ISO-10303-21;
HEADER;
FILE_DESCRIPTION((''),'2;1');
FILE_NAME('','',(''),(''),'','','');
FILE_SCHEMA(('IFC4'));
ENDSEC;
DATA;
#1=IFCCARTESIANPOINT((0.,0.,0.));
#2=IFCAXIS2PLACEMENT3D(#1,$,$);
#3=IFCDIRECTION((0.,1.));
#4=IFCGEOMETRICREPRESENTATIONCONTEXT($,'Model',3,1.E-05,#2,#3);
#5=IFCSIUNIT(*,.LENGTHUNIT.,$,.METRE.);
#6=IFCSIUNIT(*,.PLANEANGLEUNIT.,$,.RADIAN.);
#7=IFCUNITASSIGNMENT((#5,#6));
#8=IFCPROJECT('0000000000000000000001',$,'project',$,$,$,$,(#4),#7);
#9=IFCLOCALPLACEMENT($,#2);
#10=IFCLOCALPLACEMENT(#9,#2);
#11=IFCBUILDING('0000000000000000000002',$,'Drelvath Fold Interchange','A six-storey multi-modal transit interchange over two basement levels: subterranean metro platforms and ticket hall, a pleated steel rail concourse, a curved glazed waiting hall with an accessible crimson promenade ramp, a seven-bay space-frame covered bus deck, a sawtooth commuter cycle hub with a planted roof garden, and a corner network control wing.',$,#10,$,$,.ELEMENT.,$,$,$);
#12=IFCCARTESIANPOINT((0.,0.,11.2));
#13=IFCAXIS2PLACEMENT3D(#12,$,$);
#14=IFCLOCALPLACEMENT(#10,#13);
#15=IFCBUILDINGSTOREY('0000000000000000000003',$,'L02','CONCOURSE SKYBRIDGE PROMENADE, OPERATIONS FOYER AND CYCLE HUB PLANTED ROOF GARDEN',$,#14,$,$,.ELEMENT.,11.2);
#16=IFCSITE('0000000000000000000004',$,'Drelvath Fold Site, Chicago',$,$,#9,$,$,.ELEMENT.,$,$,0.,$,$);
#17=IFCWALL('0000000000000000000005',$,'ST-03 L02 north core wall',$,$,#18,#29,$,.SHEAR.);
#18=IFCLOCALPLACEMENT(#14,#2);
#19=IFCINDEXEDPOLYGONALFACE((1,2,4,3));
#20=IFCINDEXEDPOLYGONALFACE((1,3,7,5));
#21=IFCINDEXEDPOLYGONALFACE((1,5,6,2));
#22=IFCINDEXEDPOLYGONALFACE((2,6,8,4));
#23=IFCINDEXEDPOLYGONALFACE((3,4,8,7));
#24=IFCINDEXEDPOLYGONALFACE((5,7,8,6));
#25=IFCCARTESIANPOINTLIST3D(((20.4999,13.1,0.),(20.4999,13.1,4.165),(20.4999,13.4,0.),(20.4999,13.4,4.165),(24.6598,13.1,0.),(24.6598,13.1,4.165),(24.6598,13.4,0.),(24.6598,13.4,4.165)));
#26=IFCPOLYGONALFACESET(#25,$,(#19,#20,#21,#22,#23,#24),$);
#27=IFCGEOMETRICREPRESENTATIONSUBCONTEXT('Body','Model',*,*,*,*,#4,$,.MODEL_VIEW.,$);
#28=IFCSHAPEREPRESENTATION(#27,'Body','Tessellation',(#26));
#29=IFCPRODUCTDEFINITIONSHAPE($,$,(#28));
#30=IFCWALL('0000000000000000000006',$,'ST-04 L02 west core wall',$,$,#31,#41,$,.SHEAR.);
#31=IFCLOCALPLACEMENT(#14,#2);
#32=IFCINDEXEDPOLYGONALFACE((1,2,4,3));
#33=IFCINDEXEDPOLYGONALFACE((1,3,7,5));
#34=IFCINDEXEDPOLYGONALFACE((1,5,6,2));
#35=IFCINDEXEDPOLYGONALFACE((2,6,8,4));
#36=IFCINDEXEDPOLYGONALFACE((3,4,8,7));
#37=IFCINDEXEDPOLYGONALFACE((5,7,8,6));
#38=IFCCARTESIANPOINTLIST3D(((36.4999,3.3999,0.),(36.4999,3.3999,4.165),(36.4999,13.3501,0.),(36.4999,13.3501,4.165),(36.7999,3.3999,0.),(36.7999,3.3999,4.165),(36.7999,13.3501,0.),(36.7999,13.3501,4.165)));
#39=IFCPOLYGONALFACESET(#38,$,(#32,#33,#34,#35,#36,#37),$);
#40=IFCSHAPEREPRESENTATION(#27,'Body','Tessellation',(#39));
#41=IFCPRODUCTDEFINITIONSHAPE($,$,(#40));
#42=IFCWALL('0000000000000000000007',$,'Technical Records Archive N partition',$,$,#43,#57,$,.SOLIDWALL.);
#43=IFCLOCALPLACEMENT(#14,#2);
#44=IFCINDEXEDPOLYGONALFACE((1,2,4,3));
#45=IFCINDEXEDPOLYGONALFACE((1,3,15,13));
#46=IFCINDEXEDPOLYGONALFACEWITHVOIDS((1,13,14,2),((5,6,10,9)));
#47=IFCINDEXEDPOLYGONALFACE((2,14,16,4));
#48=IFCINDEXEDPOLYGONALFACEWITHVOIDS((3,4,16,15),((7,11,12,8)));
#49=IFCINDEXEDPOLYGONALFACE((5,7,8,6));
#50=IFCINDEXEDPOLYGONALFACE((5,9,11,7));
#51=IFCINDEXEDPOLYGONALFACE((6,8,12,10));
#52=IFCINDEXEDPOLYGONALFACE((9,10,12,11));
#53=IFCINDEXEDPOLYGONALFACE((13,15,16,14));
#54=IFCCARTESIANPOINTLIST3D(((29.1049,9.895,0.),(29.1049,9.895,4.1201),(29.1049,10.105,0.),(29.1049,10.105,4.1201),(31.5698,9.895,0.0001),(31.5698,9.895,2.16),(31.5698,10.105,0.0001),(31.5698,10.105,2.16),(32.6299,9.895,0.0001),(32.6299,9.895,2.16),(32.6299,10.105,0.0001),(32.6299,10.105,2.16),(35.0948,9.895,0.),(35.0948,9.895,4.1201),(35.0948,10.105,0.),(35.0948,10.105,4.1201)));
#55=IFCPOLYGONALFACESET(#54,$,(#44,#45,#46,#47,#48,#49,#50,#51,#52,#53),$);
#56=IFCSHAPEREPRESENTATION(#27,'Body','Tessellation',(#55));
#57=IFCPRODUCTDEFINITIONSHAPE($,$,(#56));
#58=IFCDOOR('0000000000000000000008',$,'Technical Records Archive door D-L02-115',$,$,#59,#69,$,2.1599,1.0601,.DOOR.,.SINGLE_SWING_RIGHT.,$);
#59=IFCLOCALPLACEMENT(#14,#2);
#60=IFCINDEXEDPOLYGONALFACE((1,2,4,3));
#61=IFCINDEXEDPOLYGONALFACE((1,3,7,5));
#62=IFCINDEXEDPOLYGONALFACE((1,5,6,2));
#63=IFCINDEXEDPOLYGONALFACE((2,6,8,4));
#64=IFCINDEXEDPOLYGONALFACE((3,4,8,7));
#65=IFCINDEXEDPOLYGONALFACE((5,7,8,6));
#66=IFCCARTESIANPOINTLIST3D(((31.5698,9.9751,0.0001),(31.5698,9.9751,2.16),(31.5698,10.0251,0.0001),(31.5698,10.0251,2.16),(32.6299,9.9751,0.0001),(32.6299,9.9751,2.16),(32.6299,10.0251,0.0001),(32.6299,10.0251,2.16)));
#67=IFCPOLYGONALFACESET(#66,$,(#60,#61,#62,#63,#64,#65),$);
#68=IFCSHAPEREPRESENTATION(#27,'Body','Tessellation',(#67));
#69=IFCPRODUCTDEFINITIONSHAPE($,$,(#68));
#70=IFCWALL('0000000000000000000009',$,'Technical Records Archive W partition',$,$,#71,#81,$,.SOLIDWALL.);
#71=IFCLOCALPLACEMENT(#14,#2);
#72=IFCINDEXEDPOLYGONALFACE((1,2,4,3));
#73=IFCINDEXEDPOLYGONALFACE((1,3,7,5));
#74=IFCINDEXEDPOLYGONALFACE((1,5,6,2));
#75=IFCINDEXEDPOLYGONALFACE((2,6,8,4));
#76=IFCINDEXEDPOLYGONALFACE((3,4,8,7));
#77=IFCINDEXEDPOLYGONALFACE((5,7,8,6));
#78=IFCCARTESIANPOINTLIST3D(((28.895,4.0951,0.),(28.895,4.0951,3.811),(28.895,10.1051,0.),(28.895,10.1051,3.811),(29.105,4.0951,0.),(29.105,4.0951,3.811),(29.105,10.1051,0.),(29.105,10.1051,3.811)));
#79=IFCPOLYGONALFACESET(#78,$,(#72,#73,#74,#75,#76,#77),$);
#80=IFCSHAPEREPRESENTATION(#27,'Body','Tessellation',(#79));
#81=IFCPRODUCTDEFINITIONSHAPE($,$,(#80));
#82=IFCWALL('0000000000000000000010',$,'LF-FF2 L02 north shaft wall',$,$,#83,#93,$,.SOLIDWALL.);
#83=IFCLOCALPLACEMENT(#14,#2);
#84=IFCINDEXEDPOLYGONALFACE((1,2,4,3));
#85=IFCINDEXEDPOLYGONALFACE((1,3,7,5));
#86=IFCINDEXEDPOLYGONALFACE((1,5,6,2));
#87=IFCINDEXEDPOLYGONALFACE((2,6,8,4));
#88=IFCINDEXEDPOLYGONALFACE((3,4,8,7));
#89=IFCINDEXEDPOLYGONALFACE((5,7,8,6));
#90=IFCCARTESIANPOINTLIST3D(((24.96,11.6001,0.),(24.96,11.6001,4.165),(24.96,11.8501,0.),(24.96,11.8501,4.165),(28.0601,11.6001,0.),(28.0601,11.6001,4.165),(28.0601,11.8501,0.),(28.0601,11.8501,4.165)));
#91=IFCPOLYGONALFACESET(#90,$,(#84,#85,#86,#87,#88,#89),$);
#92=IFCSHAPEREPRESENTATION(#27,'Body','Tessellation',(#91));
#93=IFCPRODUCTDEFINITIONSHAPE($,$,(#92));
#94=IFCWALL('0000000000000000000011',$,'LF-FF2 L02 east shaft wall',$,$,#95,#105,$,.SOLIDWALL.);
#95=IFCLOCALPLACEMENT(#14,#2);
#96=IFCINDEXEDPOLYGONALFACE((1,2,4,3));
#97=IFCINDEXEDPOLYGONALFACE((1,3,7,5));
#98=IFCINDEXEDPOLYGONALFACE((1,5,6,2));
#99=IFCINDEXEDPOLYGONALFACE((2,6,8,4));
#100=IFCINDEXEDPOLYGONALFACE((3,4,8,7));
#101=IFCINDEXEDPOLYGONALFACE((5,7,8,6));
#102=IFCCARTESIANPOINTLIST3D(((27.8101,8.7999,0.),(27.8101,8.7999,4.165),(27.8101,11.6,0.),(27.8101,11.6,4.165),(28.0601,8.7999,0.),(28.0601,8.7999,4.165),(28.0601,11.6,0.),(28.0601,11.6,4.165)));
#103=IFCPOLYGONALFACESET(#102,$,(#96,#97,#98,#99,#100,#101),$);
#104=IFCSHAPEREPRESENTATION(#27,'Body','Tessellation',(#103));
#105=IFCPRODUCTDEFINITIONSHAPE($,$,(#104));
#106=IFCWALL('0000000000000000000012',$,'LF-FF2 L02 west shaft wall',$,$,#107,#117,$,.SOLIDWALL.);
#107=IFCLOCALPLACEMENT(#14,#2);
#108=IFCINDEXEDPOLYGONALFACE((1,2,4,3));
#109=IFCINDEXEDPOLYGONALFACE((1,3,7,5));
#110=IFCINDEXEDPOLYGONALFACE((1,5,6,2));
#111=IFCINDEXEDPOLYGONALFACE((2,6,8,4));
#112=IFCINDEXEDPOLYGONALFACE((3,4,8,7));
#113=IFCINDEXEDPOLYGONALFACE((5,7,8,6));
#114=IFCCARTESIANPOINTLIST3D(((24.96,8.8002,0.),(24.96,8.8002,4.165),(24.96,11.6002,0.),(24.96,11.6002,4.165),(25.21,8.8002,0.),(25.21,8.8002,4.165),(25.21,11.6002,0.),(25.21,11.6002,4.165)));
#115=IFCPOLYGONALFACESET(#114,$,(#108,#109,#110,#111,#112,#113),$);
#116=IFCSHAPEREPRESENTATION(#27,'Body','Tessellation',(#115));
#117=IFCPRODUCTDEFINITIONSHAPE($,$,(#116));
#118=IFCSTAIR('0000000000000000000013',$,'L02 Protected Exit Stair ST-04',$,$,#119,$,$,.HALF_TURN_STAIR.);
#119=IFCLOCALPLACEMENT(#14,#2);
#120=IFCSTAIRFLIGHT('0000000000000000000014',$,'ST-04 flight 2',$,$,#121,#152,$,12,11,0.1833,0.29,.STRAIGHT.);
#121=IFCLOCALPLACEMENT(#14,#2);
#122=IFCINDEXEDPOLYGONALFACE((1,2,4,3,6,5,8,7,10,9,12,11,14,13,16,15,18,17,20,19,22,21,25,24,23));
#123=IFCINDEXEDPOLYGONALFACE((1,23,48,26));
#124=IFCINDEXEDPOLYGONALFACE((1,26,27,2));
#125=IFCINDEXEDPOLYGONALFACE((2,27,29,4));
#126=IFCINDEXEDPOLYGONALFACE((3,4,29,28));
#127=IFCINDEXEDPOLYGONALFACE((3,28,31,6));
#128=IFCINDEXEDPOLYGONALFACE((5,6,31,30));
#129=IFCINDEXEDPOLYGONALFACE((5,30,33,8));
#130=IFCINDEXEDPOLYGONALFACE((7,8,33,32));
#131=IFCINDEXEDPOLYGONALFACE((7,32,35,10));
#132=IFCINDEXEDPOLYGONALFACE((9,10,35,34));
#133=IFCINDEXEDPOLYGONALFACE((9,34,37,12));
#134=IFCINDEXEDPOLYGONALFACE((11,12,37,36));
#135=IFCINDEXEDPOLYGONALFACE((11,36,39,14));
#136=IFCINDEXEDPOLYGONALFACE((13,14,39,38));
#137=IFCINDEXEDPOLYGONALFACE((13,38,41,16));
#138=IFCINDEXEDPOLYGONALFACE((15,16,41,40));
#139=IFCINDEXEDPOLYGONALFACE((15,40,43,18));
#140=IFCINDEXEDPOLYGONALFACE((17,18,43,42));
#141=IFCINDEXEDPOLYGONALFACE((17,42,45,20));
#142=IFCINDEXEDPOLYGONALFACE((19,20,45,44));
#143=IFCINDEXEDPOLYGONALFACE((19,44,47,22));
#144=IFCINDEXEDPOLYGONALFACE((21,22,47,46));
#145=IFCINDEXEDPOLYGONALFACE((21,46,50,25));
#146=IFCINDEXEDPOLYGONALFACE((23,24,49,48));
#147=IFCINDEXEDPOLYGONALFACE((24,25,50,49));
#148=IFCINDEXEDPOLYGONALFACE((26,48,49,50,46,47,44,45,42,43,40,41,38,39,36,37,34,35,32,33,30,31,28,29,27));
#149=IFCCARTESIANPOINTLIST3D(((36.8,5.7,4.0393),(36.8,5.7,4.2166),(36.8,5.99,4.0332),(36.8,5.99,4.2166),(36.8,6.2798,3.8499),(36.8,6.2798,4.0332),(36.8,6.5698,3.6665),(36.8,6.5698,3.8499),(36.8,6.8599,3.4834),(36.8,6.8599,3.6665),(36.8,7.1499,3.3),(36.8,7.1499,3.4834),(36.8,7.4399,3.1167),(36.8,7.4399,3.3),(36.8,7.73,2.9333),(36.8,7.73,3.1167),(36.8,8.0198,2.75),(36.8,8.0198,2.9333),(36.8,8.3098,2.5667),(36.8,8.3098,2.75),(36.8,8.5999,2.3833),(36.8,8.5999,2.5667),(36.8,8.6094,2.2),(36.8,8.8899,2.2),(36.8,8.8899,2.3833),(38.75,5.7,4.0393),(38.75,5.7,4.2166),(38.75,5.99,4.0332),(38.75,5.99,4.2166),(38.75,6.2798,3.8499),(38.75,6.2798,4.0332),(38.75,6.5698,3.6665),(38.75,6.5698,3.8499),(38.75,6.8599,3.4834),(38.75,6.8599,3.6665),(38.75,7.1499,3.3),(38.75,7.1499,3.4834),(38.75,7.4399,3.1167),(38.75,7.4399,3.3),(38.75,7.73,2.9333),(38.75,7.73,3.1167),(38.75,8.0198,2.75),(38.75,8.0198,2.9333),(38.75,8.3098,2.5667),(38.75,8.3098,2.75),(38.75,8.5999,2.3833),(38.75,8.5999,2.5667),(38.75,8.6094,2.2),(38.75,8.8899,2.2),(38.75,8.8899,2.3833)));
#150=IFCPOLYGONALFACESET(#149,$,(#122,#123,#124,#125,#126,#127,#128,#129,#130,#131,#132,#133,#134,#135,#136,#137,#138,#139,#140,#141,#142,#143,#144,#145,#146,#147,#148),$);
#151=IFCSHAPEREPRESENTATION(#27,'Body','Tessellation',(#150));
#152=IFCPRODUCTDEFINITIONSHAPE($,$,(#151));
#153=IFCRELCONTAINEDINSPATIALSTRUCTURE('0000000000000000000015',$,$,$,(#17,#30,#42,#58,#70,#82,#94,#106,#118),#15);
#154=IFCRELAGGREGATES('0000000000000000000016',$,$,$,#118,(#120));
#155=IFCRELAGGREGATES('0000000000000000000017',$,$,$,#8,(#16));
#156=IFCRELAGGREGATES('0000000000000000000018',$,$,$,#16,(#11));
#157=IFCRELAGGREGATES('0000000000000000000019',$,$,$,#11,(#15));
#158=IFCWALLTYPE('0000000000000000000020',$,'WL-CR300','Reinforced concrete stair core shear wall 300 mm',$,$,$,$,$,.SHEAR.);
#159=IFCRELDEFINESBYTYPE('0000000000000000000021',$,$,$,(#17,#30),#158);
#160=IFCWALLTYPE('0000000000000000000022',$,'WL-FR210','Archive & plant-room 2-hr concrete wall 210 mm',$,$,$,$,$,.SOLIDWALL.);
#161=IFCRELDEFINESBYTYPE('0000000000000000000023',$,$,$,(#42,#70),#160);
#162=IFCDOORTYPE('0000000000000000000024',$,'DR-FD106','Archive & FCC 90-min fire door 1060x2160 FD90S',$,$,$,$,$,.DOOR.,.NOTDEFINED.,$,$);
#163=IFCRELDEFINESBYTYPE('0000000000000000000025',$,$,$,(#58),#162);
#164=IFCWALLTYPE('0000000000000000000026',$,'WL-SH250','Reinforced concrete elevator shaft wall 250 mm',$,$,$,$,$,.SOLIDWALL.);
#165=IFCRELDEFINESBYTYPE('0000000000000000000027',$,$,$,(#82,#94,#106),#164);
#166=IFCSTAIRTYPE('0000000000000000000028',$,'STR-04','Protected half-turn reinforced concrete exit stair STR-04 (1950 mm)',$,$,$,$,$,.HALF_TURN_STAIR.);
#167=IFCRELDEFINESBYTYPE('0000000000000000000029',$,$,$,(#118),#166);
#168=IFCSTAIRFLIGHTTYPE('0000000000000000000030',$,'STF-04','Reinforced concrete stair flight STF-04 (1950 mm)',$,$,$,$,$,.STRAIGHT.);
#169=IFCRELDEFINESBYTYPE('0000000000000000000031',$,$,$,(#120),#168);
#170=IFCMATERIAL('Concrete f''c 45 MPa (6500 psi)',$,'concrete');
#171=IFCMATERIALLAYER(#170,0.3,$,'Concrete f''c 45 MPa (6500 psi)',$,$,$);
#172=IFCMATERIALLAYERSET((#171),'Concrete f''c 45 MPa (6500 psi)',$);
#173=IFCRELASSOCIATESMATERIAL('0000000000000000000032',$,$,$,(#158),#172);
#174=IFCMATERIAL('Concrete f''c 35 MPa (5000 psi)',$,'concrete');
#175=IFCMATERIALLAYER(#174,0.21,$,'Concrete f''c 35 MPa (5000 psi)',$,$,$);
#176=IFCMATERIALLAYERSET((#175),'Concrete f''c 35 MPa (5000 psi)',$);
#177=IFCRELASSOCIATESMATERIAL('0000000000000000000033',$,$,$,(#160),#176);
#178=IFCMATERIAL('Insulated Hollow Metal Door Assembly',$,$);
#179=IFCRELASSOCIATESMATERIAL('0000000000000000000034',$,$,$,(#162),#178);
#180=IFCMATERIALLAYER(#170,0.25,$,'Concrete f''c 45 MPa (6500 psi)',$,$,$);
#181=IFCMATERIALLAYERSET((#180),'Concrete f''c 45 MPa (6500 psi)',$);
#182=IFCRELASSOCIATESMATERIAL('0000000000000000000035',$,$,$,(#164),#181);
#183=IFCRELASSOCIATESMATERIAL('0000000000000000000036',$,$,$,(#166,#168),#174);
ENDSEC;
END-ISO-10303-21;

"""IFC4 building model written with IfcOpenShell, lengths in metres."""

from ifc_helpers import new_model, si_unit, direction, frame, frame_2d, origin, place, context, subcontext, project, spatial, polyline, rectangle, outline, extrude, material, layer, layer_set, type_object, element, fill, aggregate, save


model = new_model("IFC4")

# Units and contexts
model_context = context("Model", 3, precision=1e-05, world=origin(), true_north=direction((0.0, 1.0)))
body_context = subcontext(model_context, "Body", "Model", "MODEL_VIEW")
ifc_project = project(units=[si_unit("LENGTHUNIT", "METRE"), si_unit("PLANEANGLEUNIT", "RADIAN")], contexts=[model_context])

# Site, building, storey
site_placement = place(None, origin())
site = spatial("IfcSite", under=ifc_project, at=site_placement, Name="Drelvath Fold Site, Chicago", CompositionType="ELEMENT", RefElevation=0.0)
building_placement = place(site_placement, origin())
building = spatial("IfcBuilding", under=site, at=building_placement, Name="Drelvath Fold Interchange", Description="A six-storey multi-modal transit interchange over two basement levels: subterranean metro platforms and ticket hall, a pleated steel rail concourse, a curved glazed waiting hall with an accessible crimson promenade ramp, a seven-bay space-frame covered bus deck, a sawtooth commuter cycle hub with a planted roof garden, and a corner network control wing.", CompositionType="ELEMENT")
storey_placement = place(building_placement, frame((0.0, 0.0, 11.2)))
storey = spatial("IfcBuildingStorey", under=building, at=storey_placement, Name="L02", Description="CONCOURSE SKYBRIDGE PROMENADE, OPERATIONS FOYER AND CYCLE HUB PLANTED ROOF GARDEN", CompositionType="ELEMENT", Elevation=11.2)

# Walls
ifc_material_1 = material(Name="Concrete f'c 45 MPa (6500 psi)", Category="concrete")
ifc_layer_1 = layer(ifc_material_1, 0.3, Name="Concrete f'c 45 MPa (6500 psi)")
ifc_layer_set_1 = layer_set([ifc_layer_1], Name="Concrete f'c 45 MPa (6500 psi)")
wall_type_1 = type_object("IfcWallType", Name="WL-CR300", Description="Reinforced concrete stair core shear wall 300 mm", PredefinedType="SHEAR", material=ifc_layer_set_1)
wall_1_placement = place(storey_placement, frame((24.6599, 13.25, 0.0), z_axis=(0.0, 0.0, 1.0), x_axis=(-1.0, 0.0, 0.0)))
element("IfcWall", 1, at=wall_1_placement, inside=storey, type_object=wall_type_1, Name="ST-03 L02 north core wall", PredefinedType="SHEAR", context=body_context, shape_type="SweptSolid", body=[
    extrude(rectangle(XDim=4.1599, YDim=0.3, at=frame_2d((2.0801, 0.0))), origin(), (0.0, 0.0, 1.0), 4.165),
])
wall_2_placement = place(storey_placement, frame((36.6499, 13.3501, 0.0), z_axis=(0.0, 0.0, 1.0), x_axis=(0.0, -1.0, 0.0)))
element("IfcWall", 2, at=wall_2_placement, inside=storey, type_object=wall_type_1, Name="ST-04 L02 west core wall", PredefinedType="SHEAR", context=body_context, shape_type="SweptSolid", body=[
    extrude(rectangle(XDim=9.9502, YDim=0.3, at=frame_2d((4.9751, 0.0))), origin(), (0.0, 0.0, 1.0), 4.165),
])

# Wall, opening, door
ifc_material_2 = material(Name="Concrete f'c 35 MPa (5000 psi)", Category="concrete")
ifc_layer_2 = layer(ifc_material_2, 0.21, Name="Concrete f'c 35 MPa (5000 psi)")
ifc_layer_set_2 = layer_set([ifc_layer_2], Name="Concrete f'c 35 MPa (5000 psi)")
wall_type_2 = type_object("IfcWallType", Name="WL-FR210", Description="Archive & plant-room 2-hr concrete wall 210 mm", PredefinedType="SOLIDWALL", material=ifc_layer_set_2)
wall_3_placement = place(storey_placement, frame((35.095, 10.0, 0.0), z_axis=(0.0, 0.0, 1.0), x_axis=(-1.0, 0.0, 0.0)))
wall_3 = element("IfcWall", 3, at=wall_3_placement, inside=storey, type_object=wall_type_2, Name="Technical Records Archive N partition", PredefinedType="SOLIDWALL", context=body_context, shape_type="SweptSolid", body=[
    extrude(rectangle(XDim=5.99, YDim=0.21, at=frame_2d((2.9951, 0.0))), origin(), (0.0, 0.0, 1.0), 4.1201),
])
opening_placement = place(wall_3_placement, frame((2.4651, 0.0, 0.0)))
opening = element("IfcOpeningElement", 4, at=opening_placement, cuts=wall_3, PredefinedType="OPENING", context=body_context, shape_type="SweptSolid", body=[
    extrude(rectangle(XDim=1.0601, YDim=2.1599, at=frame_2d((0.53, 1.0801))), frame((0.0, 0.115, 0.0), z_axis=(0.0, -1.0, 0.0), x_axis=(1.0, 0.0, 0.0)), (0.0, 0.0, 1.0), 0.23),
])
ifc_material_3 = material(Name="Insulated Hollow Metal Door Assembly")
door_type = type_object("IfcDoorType", Name="DR-FD106", Description="Archive & FCC 90-min fire door 1060x2160 FD90S", OperationType="NOTDEFINED", PredefinedType="DOOR", material=ifc_material_3)
door_placement = place(opening_placement, origin())
door = element("IfcDoor", 5, at=door_placement, inside=storey, type_object=door_type, Name="Technical Records Archive door D-L02-115", OperationType="SINGLE_SWING_RIGHT", OverallHeight=2.1599, OverallWidth=1.0601, PredefinedType="DOOR", context=body_context, shape_type="SweptSolid", body=[
    extrude(rectangle(XDim=1.0601, YDim=2.1599, at=frame_2d((0.53, 1.0801))), frame((0.0, 0.0249, 0.0), z_axis=(0.0, -1.0, 0.0), x_axis=(1.0, 0.0, 0.0)), (0.0, 0.0, 1.0), 0.05),
])
fill(opening, door)

# Walls
wall_4_placement = place(storey_placement, frame((29.0, 10.105, 0.0), z_axis=(0.0, 0.0, 1.0), x_axis=(0.0, -1.0, 0.0)))
element("IfcWall", 6, at=wall_4_placement, inside=storey, type_object=wall_type_2, Name="Technical Records Archive W partition", PredefinedType="SOLIDWALL", context=body_context, shape_type="SweptSolid", body=[
    extrude(rectangle(XDim=6.01, YDim=0.21, at=frame_2d((3.0049, 0.0))), origin(), (0.0, 0.0, 1.0), 3.811),
])
ifc_layer_3 = layer(ifc_material_1, 0.25, Name="Concrete f'c 45 MPa (6500 psi)")
ifc_layer_set_3 = layer_set([ifc_layer_3], Name="Concrete f'c 45 MPa (6500 psi)")
wall_type_3 = type_object("IfcWallType", Name="WL-SH250", Description="Reinforced concrete elevator shaft wall 250 mm", PredefinedType="SOLIDWALL", material=ifc_layer_set_3)
wall_5_placement = place(storey_placement, frame((28.0601, 11.7251, 0.0), z_axis=(0.0, 0.0, 1.0), x_axis=(-1.0, 0.0, 0.0)))
element("IfcWall", 7, at=wall_5_placement, inside=storey, type_object=wall_type_3, Name="LF-FF2 L02 north shaft wall", PredefinedType="SOLIDWALL", context=body_context, shape_type="SweptSolid", body=[
    extrude(rectangle(XDim=3.1001, YDim=0.25, at=frame_2d((1.55, 0.0))), origin(), (0.0, 0.0, 1.0), 4.165),
])
for number, where, z_axis, x_axis, name in (
    (8, (27.9351, 8.8, 0.0), (0.0, 0.0, 1.0), (0.0, 1.0, 0.0), "LF-FF2 L02 east shaft wall"),
    (9, (25.085, 11.6001, 0.0), (0.0, 0.0, 1.0), (0.0, -1.0, 0.0), "LF-FF2 L02 west shaft wall"),
):
    element("IfcWall", number, at=place(storey_placement, frame(where, z_axis=z_axis, x_axis=x_axis)), inside=storey, type_object=wall_type_3, Name=name, PredefinedType="SOLIDWALL", context=body_context, shape_type="SweptSolid", body=[
        extrude(rectangle(XDim=2.8, YDim=0.25, at=frame_2d((1.3999, 0.0))), origin(), (0.0, 0.0, 1.0), 4.165),
    ])

# Stair, stair flight
stair_type = type_object("IfcStairType", Name="STR-04", Description="Protected half-turn reinforced concrete exit stair STR-04 (1950 mm)", PredefinedType="HALF_TURN_STAIR", material=ifc_material_2)
stair_placement = place(storey_placement, origin())
stair = element("IfcStair", 10, at=stair_placement, inside=storey, type_object=stair_type, Name="L02 Protected Exit Stair ST-04", PredefinedType="HALF_TURN_STAIR")
stair_flight_type = type_object("IfcStairFlightType", Name="STF-04", Description="Reinforced concrete stair flight STF-04 (1950 mm)", PredefinedType="STRAIGHT", material=ifc_material_2)
stair_flight_placement = place(storey_placement, frame((37.7749, 8.8899, 2.2), z_axis=(0.0, 0.0, 1.0), x_axis=(0.0, -1.0, 0.0)))
stair_flight = element("IfcStairFlight", 11, at=stair_flight_placement, type_object=stair_flight_type, Name="ST-04 flight 2", NumberOfRisers=12, NumberOfTreads=11, PredefinedType="STRAIGHT", RiserHeight=0.1833, TreadLength=0.29, context=body_context, shape_type="SweptSolid", body=[
    extrude(outline(polyline([(0.0, 0.0), (0.0, 0.1833), (0.29, 0.1833), (0.29, 0.3667), (0.5801, 0.3667), (0.5801, 0.55), (0.8701, 0.55), (0.8701, 0.7334), (1.1599, 0.7334), (1.1599, 0.9167), (1.45, 0.9167), (1.45, 1.1001), (1.74, 1.1001), (1.74, 1.2834), (2.03, 1.2834), (2.03, 1.4666), (2.3201, 1.4666), (2.3201, 1.6499), (2.6101, 1.6499), (2.6101, 1.8333), (2.8999, 1.8333), (2.8999, 2.0166), (3.1899, 2.0166), (3.1899, 2.2), (3.1899, 1.8394), (0.2805, 0.0), (0.0, 0.0)])), frame((0.0, 0.9751, 0.0), z_axis=(0.0, -1.0, 0.0), x_axis=(1.0, 0.0, 0.0)), (0.0, 0.0, 1.0), 1.95),
])
aggregate(stair, [stair_flight])

save(model, "model.ifc")
